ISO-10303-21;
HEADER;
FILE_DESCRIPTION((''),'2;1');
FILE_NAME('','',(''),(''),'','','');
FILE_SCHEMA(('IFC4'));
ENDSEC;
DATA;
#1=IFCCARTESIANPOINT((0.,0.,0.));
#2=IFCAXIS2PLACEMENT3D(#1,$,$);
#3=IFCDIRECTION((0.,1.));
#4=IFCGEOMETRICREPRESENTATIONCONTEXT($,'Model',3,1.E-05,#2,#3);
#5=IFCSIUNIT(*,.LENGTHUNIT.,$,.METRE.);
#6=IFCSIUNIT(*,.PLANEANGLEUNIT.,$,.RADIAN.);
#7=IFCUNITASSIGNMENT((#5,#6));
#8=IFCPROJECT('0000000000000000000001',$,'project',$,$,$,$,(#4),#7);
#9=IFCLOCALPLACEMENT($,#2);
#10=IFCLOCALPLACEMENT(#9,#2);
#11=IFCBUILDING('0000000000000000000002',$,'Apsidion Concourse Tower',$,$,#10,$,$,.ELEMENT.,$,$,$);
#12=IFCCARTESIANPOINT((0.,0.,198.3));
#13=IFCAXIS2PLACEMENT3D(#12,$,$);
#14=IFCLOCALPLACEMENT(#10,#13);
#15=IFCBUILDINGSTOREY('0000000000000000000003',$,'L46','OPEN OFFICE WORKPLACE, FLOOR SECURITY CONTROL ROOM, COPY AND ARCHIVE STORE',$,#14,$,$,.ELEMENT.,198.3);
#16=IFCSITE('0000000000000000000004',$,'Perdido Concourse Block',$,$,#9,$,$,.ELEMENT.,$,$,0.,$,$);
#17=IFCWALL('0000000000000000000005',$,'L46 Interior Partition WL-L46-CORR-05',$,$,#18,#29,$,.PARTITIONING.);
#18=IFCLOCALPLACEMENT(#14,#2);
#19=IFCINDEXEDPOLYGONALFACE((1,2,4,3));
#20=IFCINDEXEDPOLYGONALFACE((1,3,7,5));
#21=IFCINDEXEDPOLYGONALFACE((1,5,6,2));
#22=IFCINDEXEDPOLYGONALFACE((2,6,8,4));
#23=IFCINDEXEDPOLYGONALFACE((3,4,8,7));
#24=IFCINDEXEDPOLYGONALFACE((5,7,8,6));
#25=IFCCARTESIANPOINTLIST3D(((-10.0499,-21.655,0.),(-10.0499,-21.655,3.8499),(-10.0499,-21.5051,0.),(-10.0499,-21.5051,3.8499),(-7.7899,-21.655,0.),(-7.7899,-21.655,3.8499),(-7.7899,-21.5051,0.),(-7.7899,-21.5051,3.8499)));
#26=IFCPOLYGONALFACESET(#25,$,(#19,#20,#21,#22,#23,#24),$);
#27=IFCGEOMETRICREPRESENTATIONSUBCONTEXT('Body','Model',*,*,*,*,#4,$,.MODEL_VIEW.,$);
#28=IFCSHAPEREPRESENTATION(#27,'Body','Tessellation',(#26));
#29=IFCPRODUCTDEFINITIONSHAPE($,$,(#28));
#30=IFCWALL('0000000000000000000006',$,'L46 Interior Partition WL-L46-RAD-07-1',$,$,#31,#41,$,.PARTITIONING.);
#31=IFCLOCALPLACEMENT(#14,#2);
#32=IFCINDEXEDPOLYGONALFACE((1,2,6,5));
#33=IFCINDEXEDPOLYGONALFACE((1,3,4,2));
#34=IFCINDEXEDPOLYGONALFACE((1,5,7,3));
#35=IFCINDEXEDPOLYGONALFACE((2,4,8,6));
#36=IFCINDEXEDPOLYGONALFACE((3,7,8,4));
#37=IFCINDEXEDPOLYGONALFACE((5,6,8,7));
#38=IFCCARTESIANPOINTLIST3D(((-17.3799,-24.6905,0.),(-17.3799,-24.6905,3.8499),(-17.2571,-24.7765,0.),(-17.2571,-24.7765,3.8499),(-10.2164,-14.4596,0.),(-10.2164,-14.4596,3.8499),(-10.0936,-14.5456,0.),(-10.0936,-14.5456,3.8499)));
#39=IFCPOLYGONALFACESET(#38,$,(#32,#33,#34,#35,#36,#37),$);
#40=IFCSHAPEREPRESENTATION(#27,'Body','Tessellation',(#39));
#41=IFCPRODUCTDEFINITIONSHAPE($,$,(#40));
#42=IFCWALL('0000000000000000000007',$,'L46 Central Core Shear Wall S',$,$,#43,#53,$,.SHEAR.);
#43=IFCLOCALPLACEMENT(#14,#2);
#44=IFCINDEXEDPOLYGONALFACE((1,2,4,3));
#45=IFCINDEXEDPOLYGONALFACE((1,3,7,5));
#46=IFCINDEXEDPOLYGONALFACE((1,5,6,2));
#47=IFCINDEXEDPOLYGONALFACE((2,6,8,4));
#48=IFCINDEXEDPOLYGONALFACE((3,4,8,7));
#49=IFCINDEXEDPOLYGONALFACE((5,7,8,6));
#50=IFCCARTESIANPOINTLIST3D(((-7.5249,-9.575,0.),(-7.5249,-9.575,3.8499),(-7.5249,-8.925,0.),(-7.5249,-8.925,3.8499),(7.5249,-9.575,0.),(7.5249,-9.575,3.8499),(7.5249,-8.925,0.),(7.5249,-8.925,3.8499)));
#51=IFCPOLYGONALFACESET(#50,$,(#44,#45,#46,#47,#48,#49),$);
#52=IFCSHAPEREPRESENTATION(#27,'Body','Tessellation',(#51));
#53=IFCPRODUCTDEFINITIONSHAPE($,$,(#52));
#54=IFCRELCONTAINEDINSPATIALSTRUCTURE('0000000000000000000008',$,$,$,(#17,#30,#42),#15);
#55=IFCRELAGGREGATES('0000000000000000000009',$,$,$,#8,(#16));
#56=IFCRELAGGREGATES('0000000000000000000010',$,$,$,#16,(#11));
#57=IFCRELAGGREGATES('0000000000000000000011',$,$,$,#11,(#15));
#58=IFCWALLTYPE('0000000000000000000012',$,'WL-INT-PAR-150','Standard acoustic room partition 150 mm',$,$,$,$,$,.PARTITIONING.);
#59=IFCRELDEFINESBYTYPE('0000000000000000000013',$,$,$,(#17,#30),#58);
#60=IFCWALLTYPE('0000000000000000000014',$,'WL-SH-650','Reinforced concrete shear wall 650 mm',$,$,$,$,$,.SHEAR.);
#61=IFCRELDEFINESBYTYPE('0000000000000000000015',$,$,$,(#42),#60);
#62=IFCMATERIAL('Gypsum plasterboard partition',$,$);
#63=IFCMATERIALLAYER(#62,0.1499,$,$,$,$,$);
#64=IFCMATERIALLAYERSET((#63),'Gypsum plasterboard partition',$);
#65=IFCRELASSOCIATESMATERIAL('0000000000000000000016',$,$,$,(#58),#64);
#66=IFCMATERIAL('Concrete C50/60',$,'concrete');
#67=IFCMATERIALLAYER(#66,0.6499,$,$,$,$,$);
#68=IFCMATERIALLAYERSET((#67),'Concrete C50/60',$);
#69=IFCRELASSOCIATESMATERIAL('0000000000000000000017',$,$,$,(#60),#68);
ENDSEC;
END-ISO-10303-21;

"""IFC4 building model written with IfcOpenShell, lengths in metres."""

from ifc_helpers import new_model, si_unit, direction, frame, frame_2d, origin, place, context, subcontext, project, spatial, rectangle, extrude, material, layer, layer_set, type_object, element, save


model = new_model("IFC4")

# Units and contexts
model_context = context("Model", 3, precision=1e-05, world=origin(), true_north=direction((0.0, 1.0)))
body_context = subcontext(model_context, "Body", "Model", "MODEL_VIEW")
ifc_project = project(units=[si_unit("LENGTHUNIT", "METRE"), si_unit("PLANEANGLEUNIT", "RADIAN")], contexts=[model_context])

# Site, building, storey
site_placement = place(None, origin())
site = spatial("IfcSite", under=ifc_project, at=site_placement, Name="Perdido Concourse Block", CompositionType="ELEMENT", RefElevation=0.0)
building_placement = place(site_placement, origin())
building = spatial("IfcBuilding", under=site, at=building_placement, Name="Apsidion Concourse Tower", CompositionType="ELEMENT")
storey_placement = place(building_placement, frame((0.0, 0.0, 198.3)))
storey = spatial("IfcBuildingStorey", under=building, at=storey_placement, Name="L46", Description="OPEN OFFICE WORKPLACE, FLOOR SECURITY CONTROL ROOM, COPY AND ARCHIVE STORE", CompositionType="ELEMENT", Elevation=198.3)

# Shared definitions
ifc_material_1 = material(Name="Concrete C50/60", Category="concrete")

# Shared definitions
ifc_material_2 = material(Name="Gypsum plasterboard partition")
ifc_layer_1 = layer(ifc_material_2, 0.1499)
ifc_layer_set_1 = layer_set([ifc_layer_1], Name="Gypsum plasterboard partition")
wall_type_1 = type_object("IfcWallType", Name="WL-INT-PAR-150", Description="Standard acoustic room partition 150 mm", PredefinedType="PARTITIONING", material=ifc_layer_set_1)

# Walls
wall_1_placement = place(storey_placement, frame((-7.79, -21.5801, 0.0), z_axis=(0.0, 0.0, 1.0), x_axis=(-1.0, 0.0, 0.0)))
element("IfcWall", 1, at=wall_1_placement, inside=storey, type_object=wall_type_1, Name="L46 Interior Partition WL-L46-CORR-05", PredefinedType="PARTITIONING", context=body_context, shape_type="SweptSolid", body=[
    extrude(rectangle(XDim=2.26, YDim=0.1499, at=frame_2d((1.1299, 0.0))), origin(), (0.0, 0.0, 1.0), 3.8499),
])
wall_2_placement = place(storey_placement, frame((-10.155, -14.5027, 0.0), z_axis=(0.0, 0.0, 1.0), x_axis=(-0.573565, -0.81916, 0.0)))
element("IfcWall", 2, at=wall_2_placement, inside=storey, type_object=wall_type_1, Name="L46 Interior Partition WL-L46-RAD-07-1", PredefinedType="PARTITIONING", context=body_context, shape_type="SweptSolid", body=[
    extrude(rectangle(XDim=12.4895, YDim=0.1499, at=frame_2d((6.2446, 0.0))), origin(), (0.0, 0.0, 1.0), 3.8499),
])

# Shared definitions
ifc_layer_2 = layer(ifc_material_1, 0.6499)
ifc_layer_set_2 = layer_set([ifc_layer_2], Name="Concrete C50/60")
wall_type_2 = type_object("IfcWallType", Name="WL-SH-650", Description="Reinforced concrete shear wall 650 mm", PredefinedType="SHEAR", material=ifc_layer_set_2)

# Wall
wall_3_placement = place(storey_placement, frame((-7.5249, -9.25, 0.0), z_axis=(0.0, 0.0, 1.0), x_axis=(1.0, 0.0, 0.0)))
element("IfcWall", 3, at=wall_3_placement, inside=storey, type_object=wall_type_2, Name="L46 Central Core Shear Wall S", PredefinedType="SHEAR", context=body_context, shape_type="SweptSolid", body=[
    extrude(rectangle(XDim=15.0498, YDim=0.6499, at=frame_2d((7.5249, 0.0))), origin(), (0.0, 0.0, 1.0), 3.8499),
])

save(model, "model.ifc")
